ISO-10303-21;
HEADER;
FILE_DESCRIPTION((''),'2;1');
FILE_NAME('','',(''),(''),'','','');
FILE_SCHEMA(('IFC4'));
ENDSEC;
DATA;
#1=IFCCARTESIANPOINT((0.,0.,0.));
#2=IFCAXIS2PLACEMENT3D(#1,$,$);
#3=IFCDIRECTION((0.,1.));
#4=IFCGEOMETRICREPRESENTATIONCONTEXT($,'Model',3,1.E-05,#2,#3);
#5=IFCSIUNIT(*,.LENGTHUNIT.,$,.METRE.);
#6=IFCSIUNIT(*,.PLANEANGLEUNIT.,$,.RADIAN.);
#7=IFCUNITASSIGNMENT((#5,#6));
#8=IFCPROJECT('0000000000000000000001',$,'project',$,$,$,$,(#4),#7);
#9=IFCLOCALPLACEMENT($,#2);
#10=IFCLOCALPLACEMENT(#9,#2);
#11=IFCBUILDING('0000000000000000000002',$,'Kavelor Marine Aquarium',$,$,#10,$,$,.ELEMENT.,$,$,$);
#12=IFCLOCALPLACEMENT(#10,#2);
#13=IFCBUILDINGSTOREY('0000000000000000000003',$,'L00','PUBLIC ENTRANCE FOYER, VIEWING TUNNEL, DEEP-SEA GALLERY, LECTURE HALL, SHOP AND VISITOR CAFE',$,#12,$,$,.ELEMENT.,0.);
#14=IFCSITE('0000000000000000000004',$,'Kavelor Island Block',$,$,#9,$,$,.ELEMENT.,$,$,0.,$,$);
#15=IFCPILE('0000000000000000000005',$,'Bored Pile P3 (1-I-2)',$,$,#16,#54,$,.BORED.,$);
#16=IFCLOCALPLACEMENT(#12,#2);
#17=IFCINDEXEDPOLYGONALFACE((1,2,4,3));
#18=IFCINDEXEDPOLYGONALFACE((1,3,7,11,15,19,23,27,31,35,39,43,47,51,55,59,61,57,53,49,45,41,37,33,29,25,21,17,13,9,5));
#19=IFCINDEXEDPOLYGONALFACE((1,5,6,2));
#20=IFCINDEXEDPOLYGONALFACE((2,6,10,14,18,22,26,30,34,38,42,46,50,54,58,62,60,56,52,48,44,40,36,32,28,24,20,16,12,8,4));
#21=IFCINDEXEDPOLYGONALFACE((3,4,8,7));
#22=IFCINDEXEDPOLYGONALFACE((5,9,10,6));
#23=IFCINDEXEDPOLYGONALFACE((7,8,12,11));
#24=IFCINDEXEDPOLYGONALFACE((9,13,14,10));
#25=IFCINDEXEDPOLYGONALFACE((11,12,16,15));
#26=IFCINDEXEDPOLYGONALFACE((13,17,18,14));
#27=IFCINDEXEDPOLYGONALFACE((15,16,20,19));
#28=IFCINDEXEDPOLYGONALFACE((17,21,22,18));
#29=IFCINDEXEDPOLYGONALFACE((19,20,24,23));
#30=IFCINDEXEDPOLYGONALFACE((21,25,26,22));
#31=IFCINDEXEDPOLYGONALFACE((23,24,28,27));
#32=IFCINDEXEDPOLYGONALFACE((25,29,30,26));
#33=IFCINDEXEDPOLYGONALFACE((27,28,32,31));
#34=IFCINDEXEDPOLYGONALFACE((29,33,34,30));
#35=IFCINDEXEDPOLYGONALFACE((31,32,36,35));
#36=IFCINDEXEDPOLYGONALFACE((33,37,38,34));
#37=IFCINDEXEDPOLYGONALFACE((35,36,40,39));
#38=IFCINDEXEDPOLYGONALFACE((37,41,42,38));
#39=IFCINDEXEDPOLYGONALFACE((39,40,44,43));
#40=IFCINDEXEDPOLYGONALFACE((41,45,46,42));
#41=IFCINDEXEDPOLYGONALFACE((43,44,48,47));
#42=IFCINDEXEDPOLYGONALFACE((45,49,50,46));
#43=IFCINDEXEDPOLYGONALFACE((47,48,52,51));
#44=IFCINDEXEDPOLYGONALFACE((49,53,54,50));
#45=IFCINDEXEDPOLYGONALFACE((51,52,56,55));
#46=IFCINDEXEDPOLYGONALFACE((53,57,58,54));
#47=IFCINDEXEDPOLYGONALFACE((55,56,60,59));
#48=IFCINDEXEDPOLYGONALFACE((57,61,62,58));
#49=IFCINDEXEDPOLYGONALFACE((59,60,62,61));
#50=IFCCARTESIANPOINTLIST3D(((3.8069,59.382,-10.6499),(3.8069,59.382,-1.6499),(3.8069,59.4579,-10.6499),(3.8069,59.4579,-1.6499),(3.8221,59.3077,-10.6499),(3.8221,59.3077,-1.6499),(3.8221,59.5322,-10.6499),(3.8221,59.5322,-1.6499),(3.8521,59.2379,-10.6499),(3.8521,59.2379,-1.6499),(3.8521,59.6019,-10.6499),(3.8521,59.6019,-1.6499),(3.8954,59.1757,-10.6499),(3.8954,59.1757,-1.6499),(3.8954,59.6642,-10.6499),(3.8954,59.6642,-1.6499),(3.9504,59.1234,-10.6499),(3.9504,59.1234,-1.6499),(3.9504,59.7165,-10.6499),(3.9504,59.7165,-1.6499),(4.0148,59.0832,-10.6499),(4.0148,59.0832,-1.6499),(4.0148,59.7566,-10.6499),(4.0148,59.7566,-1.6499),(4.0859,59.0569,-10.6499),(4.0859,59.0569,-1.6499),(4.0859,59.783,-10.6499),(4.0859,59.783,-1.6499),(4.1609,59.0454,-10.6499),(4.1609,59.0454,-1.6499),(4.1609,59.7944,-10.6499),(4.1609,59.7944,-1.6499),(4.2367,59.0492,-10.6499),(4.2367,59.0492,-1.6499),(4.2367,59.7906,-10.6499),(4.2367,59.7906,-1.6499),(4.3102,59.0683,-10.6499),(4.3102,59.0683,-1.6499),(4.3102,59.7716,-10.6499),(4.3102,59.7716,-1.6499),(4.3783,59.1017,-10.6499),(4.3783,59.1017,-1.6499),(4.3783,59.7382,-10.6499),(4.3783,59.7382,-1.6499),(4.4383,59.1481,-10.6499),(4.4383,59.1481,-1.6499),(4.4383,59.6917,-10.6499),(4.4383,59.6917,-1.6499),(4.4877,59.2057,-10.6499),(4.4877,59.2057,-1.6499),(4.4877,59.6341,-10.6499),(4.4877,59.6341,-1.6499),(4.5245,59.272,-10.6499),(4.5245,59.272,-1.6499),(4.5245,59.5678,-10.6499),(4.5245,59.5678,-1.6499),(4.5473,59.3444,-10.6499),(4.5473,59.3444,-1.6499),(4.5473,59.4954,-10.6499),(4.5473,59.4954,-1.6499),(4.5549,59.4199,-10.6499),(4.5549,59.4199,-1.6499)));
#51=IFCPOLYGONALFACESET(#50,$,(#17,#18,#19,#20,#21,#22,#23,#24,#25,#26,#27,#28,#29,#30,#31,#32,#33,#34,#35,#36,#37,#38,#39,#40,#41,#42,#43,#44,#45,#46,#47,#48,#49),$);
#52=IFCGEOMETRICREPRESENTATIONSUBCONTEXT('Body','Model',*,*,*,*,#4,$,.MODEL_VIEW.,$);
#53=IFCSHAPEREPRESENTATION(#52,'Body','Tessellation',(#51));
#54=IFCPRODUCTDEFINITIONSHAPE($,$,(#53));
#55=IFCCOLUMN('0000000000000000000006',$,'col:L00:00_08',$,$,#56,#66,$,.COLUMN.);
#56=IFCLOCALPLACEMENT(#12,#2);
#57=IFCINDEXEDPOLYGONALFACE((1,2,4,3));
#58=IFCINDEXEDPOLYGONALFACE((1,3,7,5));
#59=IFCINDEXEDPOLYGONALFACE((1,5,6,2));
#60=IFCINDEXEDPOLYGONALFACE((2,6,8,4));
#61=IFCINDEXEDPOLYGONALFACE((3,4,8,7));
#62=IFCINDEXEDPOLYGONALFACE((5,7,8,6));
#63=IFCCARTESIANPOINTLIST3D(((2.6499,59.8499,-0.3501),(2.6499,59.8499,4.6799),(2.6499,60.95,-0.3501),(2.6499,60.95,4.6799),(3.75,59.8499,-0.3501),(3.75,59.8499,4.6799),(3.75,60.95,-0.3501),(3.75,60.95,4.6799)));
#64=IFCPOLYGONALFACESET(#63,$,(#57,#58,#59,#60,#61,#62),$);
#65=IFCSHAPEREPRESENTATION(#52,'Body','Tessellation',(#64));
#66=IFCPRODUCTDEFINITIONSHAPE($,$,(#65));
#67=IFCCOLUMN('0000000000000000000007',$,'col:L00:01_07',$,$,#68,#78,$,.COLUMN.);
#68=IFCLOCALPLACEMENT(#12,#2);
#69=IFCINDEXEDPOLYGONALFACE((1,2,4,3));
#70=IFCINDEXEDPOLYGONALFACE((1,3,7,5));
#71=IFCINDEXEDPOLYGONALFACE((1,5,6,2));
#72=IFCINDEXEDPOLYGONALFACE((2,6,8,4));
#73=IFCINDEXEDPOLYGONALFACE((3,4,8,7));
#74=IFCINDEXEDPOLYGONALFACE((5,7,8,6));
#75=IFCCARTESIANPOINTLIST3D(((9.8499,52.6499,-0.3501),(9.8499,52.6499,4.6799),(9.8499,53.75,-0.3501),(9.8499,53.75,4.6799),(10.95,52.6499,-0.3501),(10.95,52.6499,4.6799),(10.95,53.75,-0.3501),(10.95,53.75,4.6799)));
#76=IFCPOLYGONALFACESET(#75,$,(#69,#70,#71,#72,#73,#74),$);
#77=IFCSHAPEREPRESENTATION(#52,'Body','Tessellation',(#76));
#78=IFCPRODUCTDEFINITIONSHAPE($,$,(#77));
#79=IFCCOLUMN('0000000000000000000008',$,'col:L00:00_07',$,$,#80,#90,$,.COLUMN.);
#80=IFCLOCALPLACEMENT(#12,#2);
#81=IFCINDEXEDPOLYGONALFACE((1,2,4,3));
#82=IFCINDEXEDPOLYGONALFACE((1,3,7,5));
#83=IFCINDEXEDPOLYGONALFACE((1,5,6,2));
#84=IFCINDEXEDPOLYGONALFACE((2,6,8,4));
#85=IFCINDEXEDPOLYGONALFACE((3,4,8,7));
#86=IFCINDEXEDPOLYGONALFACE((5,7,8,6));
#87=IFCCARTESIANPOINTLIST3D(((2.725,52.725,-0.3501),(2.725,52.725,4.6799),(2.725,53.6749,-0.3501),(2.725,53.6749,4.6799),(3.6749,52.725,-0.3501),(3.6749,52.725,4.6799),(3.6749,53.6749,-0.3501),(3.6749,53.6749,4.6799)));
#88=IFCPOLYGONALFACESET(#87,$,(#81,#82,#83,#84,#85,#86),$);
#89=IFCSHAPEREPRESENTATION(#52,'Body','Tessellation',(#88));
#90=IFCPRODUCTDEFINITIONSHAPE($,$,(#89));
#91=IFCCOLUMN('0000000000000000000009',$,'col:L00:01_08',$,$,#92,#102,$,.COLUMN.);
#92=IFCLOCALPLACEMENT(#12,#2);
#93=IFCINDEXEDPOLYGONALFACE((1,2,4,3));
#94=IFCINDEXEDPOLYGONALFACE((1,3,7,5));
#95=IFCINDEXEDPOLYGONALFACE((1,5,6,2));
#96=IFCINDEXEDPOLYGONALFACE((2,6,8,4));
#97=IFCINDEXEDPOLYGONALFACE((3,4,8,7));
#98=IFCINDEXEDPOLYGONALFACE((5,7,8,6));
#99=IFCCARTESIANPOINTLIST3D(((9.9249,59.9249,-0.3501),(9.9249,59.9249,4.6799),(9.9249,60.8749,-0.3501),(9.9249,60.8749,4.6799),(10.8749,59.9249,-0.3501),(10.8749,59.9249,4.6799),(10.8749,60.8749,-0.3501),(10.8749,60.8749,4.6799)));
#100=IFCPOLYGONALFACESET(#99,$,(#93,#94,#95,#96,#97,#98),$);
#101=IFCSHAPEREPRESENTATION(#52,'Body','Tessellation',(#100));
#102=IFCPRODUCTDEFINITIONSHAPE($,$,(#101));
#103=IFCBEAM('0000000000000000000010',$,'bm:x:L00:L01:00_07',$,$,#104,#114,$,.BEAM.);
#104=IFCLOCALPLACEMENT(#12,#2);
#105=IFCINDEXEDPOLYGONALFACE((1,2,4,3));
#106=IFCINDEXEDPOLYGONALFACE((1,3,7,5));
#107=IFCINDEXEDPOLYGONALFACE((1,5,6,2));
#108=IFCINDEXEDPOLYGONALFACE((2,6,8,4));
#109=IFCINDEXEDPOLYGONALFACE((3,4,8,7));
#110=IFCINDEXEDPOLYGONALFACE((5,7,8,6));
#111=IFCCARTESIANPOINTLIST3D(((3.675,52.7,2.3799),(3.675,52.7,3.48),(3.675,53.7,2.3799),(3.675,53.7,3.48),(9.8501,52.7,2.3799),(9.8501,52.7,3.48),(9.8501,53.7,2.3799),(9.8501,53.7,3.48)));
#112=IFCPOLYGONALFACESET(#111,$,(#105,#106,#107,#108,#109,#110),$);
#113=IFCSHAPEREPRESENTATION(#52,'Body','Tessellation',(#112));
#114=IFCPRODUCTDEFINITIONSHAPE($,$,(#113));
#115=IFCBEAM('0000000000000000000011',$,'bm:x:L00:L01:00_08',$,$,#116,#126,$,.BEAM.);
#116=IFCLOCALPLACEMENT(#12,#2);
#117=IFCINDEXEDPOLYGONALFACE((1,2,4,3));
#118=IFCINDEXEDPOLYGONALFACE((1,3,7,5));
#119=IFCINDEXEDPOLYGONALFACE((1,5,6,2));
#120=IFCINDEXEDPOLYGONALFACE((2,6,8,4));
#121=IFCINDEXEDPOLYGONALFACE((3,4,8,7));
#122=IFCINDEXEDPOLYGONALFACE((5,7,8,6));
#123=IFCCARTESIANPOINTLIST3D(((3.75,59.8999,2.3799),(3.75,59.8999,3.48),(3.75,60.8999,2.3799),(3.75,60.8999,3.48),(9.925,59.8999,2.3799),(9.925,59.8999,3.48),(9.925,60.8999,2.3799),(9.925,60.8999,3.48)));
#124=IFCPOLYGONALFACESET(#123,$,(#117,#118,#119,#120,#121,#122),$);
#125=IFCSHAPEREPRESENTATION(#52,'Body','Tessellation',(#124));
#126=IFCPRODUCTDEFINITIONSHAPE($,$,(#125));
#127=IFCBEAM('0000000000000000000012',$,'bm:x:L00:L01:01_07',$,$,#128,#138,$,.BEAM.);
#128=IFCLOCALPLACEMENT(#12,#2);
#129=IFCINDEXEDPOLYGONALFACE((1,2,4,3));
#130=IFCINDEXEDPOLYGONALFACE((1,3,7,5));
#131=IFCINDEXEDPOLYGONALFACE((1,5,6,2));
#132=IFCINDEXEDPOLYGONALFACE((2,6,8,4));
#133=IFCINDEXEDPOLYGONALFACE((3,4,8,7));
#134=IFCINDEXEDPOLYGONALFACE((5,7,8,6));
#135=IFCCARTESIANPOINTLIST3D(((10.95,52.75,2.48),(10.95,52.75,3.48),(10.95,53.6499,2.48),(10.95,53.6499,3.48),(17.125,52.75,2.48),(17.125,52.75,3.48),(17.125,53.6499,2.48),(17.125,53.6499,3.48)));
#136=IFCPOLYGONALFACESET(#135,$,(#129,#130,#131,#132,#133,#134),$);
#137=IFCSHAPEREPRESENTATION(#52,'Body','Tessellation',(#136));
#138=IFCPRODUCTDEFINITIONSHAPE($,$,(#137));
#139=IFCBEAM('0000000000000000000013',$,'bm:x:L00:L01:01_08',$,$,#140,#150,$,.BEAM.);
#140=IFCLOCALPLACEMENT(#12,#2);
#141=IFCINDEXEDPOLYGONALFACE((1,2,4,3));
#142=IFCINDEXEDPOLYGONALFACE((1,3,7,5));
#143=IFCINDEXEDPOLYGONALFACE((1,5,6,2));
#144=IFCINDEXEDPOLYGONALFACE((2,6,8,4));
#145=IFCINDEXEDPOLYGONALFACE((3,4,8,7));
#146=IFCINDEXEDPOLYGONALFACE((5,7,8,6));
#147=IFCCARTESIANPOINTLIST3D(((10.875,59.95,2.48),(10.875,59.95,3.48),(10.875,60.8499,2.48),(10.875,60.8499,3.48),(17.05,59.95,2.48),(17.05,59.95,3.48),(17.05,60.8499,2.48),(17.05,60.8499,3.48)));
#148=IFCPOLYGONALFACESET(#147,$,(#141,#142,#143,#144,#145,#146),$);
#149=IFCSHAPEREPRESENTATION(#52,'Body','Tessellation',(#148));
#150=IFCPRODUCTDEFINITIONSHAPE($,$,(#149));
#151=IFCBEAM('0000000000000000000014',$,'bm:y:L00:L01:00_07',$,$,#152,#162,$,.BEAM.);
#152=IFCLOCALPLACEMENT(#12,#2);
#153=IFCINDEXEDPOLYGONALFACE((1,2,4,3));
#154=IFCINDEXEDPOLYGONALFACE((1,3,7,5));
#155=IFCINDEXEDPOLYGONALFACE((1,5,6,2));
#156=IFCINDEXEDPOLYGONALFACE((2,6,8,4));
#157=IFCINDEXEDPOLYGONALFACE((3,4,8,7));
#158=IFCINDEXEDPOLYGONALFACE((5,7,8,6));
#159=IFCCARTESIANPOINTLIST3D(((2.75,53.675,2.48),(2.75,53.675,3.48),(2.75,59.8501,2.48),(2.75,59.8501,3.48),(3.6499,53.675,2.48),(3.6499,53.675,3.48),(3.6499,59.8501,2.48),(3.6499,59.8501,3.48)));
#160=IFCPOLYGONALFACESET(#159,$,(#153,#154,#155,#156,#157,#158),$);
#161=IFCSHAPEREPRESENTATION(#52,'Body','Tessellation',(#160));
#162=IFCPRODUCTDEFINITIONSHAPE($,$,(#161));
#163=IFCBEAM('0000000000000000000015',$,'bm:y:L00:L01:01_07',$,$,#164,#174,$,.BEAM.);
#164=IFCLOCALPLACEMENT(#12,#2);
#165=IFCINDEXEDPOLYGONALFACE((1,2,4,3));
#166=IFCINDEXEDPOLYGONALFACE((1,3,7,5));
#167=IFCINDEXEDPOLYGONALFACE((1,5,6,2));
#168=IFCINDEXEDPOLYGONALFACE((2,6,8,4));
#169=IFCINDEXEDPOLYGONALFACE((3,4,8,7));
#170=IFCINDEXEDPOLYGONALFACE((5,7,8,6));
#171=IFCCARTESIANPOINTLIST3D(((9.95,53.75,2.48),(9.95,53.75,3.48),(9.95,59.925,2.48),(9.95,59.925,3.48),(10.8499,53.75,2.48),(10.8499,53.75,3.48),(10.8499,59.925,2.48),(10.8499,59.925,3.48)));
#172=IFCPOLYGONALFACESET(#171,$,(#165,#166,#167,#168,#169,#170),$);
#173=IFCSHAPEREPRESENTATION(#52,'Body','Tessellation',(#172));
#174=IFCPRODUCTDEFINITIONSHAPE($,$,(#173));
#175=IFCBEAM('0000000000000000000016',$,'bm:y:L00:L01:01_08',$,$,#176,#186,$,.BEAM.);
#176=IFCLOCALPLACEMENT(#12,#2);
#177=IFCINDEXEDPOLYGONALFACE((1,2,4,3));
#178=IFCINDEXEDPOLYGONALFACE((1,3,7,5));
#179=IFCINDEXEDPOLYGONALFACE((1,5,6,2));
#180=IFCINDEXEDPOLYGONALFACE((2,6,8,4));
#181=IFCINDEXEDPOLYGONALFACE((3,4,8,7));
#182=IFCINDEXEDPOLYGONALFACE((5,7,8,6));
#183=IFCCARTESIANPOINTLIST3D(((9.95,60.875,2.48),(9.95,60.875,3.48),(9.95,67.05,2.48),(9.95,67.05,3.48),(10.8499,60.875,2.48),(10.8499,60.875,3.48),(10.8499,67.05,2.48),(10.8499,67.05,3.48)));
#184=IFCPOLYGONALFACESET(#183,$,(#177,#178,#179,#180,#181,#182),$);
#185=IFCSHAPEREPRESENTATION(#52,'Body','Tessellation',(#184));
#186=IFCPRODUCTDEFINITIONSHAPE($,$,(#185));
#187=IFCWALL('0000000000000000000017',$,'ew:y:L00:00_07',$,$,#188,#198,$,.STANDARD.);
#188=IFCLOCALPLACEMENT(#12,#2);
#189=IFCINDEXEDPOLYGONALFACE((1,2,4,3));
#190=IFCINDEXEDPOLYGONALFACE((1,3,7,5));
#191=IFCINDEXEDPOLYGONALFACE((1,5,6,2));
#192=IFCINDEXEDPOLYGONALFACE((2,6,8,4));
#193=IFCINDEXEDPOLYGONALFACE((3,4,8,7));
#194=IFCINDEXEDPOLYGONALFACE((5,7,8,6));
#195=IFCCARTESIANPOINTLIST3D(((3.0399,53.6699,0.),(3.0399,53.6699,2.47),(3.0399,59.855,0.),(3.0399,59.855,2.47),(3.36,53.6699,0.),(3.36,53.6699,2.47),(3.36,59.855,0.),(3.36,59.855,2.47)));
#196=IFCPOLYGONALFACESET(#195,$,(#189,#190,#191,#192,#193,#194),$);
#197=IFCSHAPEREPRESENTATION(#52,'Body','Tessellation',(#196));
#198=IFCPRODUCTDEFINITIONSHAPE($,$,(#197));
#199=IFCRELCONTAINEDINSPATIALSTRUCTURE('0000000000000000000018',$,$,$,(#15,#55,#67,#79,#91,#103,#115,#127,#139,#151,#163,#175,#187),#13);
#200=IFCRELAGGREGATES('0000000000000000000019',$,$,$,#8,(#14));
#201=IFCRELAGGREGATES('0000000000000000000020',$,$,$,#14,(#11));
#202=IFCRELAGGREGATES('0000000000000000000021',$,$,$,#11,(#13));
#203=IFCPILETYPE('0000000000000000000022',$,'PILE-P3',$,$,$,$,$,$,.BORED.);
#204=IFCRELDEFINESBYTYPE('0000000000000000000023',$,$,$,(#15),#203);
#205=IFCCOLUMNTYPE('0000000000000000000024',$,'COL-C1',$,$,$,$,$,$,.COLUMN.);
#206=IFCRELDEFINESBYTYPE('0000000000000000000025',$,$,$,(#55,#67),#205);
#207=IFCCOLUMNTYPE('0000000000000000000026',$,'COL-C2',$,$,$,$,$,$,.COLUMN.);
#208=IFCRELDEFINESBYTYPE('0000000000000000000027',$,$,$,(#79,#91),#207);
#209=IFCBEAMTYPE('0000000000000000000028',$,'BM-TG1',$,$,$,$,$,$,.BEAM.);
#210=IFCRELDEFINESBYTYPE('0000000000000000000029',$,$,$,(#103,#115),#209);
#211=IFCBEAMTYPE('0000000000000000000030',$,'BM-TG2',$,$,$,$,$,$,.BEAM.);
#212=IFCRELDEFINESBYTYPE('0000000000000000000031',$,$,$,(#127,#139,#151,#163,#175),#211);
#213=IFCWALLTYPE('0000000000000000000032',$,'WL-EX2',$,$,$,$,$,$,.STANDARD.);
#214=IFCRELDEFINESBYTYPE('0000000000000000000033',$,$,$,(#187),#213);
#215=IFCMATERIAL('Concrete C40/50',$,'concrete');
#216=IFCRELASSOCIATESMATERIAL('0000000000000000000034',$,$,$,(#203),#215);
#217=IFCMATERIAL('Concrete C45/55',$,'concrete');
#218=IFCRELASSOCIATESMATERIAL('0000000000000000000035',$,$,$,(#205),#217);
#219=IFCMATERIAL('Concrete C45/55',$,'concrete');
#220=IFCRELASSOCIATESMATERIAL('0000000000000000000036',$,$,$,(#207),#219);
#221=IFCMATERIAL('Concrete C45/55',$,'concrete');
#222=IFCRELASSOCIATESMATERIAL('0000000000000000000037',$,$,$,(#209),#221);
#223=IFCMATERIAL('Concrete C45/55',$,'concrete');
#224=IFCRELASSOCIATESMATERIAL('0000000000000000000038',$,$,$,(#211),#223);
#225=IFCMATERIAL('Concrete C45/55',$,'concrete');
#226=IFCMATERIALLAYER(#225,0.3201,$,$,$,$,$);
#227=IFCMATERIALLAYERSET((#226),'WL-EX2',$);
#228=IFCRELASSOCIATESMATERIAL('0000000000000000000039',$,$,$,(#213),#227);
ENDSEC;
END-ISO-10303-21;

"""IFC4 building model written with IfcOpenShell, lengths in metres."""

from ifc_helpers import new_model, si_unit, direction, frame, frame_2d, origin, origin_2d, place, context, subcontext, project, spatial, rectangle, circle, extrude, material, layer, layer_set, material_profile, profile_set, type_object, element, save


model = new_model("IFC4")

# Units and contexts
model_context = context("Model", 3, precision=1e-05, world=origin(), true_north=direction((0.0, 1.0)))
body_context = subcontext(model_context, "Body", "Model", "MODEL_VIEW")
ifc_project = project(units=[si_unit("LENGTHUNIT", "METRE"), si_unit("PLANEANGLEUNIT", "RADIAN")], contexts=[model_context])

# Site, building, storey
site_placement = place(None, origin())
site = spatial("IfcSite", under=ifc_project, at=site_placement, Name="Kavelor Island Block", CompositionType="ELEMENT", RefElevation=0.0)
building_placement = place(site_placement, origin())
building = spatial("IfcBuilding", under=site, at=building_placement, Name="Kavelor Marine Aquarium", CompositionType="ELEMENT")
storey_placement = place(building_placement, origin())
storey = spatial("IfcBuildingStorey", under=building, at=storey_placement, Name="L00", Description="PUBLIC ENTRANCE FOYER, VIEWING TUNNEL, DEEP-SEA GALLERY, LECTURE HALL, SHOP AND VISITOR CAFE", CompositionType="ELEMENT", Elevation=0.0)

# Pile
ifc_material_1 = material(Name="Concrete C40/50", Category="concrete")
ifc_material_profile_1 = material_profile(ifc_material_1, circle(Radius=0.375, at=origin_2d()), Name="PILE D750")
ifc_profile_set_1 = profile_set([ifc_material_profile_1], Name="Concrete C40/50")
pile_type_1 = type_object("IfcPileType", Name="PILE-P3", PredefinedType="BORED", material=ifc_profile_set_1)
for number, where, z_axis, x_axis, name in (
    (1, (4.1799, 59.4199, -1.6499), (0.0, 0.0, -1.0), (1.0, 0.0, 0.0), "Bored Pile P3 (1-I-2)"),
):
    element("IfcPile", number, at=place(storey_placement, frame(where, z_axis=z_axis, x_axis=x_axis)), inside=storey, type_object=pile_type_1, Name=name, PredefinedType="BORED", context=body_context, shape_type="SweptSolid", body=[
        extrude(circle(Radius=0.375, at=origin_2d()), origin(), (0.0, 0.0, 1.0), 9.0),
    ])

# Columns
ifc_material_2 = material(Name="Concrete C45/55", Category="concrete")
ifc_material_profile_2 = material_profile(ifc_material_2, rectangle(XDim=1.1001, YDim=1.1001, at=origin_2d()), Name="RC-COL 1100x1100")
ifc_profile_set_2 = profile_set([ifc_material_profile_2], Name="Concrete C45/55")
column_type_1 = type_object("IfcColumnType", Name="COL-C1", PredefinedType="COLUMN", material=ifc_profile_set_2)
for number, where, z_axis, x_axis, name in (
    (2, (3.2, 60.3999, -0.3501), (0.0, 0.0, 1.0), (1.0, 0.0, 0.0), "col:L00:00_08"),
    (3, (10.3999, 53.2, -0.3501), (0.0, 0.0, 1.0), (1.0, 0.0, 0.0), "col:L00:01_07"),
):
    element("IfcColumn", number, at=place(storey_placement, frame(where, z_axis=z_axis, x_axis=x_axis)), inside=storey, type_object=column_type_1, Name=name, PredefinedType="COLUMN", context=body_context, shape_type="SweptSolid", body=[
        extrude(rectangle(XDim=1.1001, YDim=1.1001, at=origin_2d()), origin(), (0.0, 0.0, 1.0), 5.03),
    ])
ifc_material_3 = material(Name="Concrete C45/55", Category="concrete")
ifc_material_profile_3 = material_profile(ifc_material_3, rectangle(XDim=0.95, YDim=0.95, at=origin_2d()), Name="RC-COL 950x950")
ifc_profile_set_3 = profile_set([ifc_material_profile_3], Name="Concrete C45/55")
column_type_2 = type_object("IfcColumnType", Name="COL-C2", PredefinedType="COLUMN", material=ifc_profile_set_3)
for number, where, z_axis, x_axis, name in (
    (4, (3.2, 53.2, -0.3501), (0.0, 0.0, 1.0), (1.0, 0.0, 0.0), "col:L00:00_07"),
    (5, (10.3999, 60.3999, -0.3501), (0.0, 0.0, 1.0), (1.0, 0.0, 0.0), "col:L00:01_08"),
):
    element("IfcColumn", number, at=place(storey_placement, frame(where, z_axis=z_axis, x_axis=x_axis)), inside=storey, type_object=column_type_2, Name=name, PredefinedType="COLUMN", context=body_context, shape_type="SweptSolid", body=[
        extrude(rectangle(XDim=0.95, YDim=0.95, at=origin_2d()), origin(), (0.0, 0.0, 1.0), 5.03),
    ])

# Beams
ifc_material_4 = material(Name="Concrete C45/55", Category="concrete")
ifc_material_profile_4 = material_profile(ifc_material_4, rectangle(XDim=1.0, YDim=1.1001, at=origin_2d()), Name="RC-TG 1000x1100")
ifc_profile_set_4 = profile_set([ifc_material_profile_4], Name="Concrete C45/55")
beam_type_1 = type_object("IfcBeamType", Name="BM-TG1", PredefinedType="BEAM", material=ifc_profile_set_4)
for number, where, z_axis, x_axis, name in (
    (6, (3.675, 53.2, 2.9299), (1.0, 0.0, 0.0), (0.0, 1.0, 0.0), "bm:x:L00:L01:00_07"),
    (7, (3.75, 60.3999, 2.9299), (1.0, 0.0, 0.0), (0.0, 1.0, 0.0), "bm:x:L00:L01:00_08"),
):
    element("IfcBeam", number, at=place(storey_placement, frame(where, z_axis=z_axis, x_axis=x_axis)), inside=storey, type_object=beam_type_1, Name=name, PredefinedType="BEAM", context=body_context, shape_type="SweptSolid", body=[
        extrude(rectangle(XDim=1.0, YDim=1.1001, at=origin_2d()), origin(), (0.0, 0.0, 1.0), 6.175),
    ])
ifc_material_5 = material(Name="Concrete C45/55", Category="concrete")
ifc_material_profile_5 = material_profile(ifc_material_5, rectangle(XDim=0.8999, YDim=1.0, at=origin_2d()), Name="RC-TG 900x1000")
ifc_profile_set_5 = profile_set([ifc_material_profile_5], Name="Concrete C45/55")
beam_type_2 = type_object("IfcBeamType", Name="BM-TG2", PredefinedType="BEAM", material=ifc_profile_set_5)
for number, where, z_axis, x_axis, name in (
    (8, (10.95, 53.2, 2.98), (1.0, 0.0, 0.0), (0.0, 1.0, 0.0), "bm:x:L00:L01:01_07"),
    (9, (10.875, 60.3999, 2.98), (1.0, 0.0, 0.0), (0.0, 1.0, 0.0), "bm:x:L00:L01:01_08"),
    (10, (3.2, 53.675, 2.98), (0.0, 1.0, 0.0), (-1.0, 0.0, 0.0), "bm:y:L00:L01:00_07"),
    (11, (10.3999, 53.75, 2.98), (0.0, 1.0, 0.0), (-1.0, 0.0, 0.0), "bm:y:L00:L01:01_07"),
    (12, (10.3999, 60.875, 2.98), (0.0, 1.0, 0.0), (-1.0, 0.0, 0.0), "bm:y:L00:L01:01_08"),
):
    element("IfcBeam", number, at=place(storey_placement, frame(where, z_axis=z_axis, x_axis=x_axis)), inside=storey, type_object=beam_type_2, Name=name, PredefinedType="BEAM", context=body_context, shape_type="SweptSolid", body=[
        extrude(rectangle(XDim=0.8999, YDim=1.0, at=origin_2d()), origin(), (0.0, 0.0, 1.0), 6.175),
    ])

# Wall
ifc_material_6 = material(Name="Concrete C45/55", Category="concrete")
ifc_layer_1 = layer(ifc_material_6, 0.3201)
ifc_layer_set_1 = layer_set([ifc_layer_1], Name="WL-EX2")
wall_type_1 = type_object("IfcWallType", Name="WL-EX2", PredefinedType="STANDARD", material=ifc_layer_set_1)
wall_1_placement = place(storey_placement, frame((3.2, 53.6699, 0.0), z_axis=(0.0, 0.0, 1.0), x_axis=(0.0, 1.0, 0.0)))
element("IfcWall", 13, at=wall_1_placement, inside=storey, type_object=wall_type_1, Name="ew:y:L00:00_07", PredefinedType="STANDARD", context=body_context, shape_type="SweptSolid", body=[
    extrude(rectangle(XDim=6.1851, YDim=0.3201, at=frame_2d((3.0925, 0.0))), origin(), (0.0, 0.0, 1.0), 2.47),
])

save(model, "model.ifc")
